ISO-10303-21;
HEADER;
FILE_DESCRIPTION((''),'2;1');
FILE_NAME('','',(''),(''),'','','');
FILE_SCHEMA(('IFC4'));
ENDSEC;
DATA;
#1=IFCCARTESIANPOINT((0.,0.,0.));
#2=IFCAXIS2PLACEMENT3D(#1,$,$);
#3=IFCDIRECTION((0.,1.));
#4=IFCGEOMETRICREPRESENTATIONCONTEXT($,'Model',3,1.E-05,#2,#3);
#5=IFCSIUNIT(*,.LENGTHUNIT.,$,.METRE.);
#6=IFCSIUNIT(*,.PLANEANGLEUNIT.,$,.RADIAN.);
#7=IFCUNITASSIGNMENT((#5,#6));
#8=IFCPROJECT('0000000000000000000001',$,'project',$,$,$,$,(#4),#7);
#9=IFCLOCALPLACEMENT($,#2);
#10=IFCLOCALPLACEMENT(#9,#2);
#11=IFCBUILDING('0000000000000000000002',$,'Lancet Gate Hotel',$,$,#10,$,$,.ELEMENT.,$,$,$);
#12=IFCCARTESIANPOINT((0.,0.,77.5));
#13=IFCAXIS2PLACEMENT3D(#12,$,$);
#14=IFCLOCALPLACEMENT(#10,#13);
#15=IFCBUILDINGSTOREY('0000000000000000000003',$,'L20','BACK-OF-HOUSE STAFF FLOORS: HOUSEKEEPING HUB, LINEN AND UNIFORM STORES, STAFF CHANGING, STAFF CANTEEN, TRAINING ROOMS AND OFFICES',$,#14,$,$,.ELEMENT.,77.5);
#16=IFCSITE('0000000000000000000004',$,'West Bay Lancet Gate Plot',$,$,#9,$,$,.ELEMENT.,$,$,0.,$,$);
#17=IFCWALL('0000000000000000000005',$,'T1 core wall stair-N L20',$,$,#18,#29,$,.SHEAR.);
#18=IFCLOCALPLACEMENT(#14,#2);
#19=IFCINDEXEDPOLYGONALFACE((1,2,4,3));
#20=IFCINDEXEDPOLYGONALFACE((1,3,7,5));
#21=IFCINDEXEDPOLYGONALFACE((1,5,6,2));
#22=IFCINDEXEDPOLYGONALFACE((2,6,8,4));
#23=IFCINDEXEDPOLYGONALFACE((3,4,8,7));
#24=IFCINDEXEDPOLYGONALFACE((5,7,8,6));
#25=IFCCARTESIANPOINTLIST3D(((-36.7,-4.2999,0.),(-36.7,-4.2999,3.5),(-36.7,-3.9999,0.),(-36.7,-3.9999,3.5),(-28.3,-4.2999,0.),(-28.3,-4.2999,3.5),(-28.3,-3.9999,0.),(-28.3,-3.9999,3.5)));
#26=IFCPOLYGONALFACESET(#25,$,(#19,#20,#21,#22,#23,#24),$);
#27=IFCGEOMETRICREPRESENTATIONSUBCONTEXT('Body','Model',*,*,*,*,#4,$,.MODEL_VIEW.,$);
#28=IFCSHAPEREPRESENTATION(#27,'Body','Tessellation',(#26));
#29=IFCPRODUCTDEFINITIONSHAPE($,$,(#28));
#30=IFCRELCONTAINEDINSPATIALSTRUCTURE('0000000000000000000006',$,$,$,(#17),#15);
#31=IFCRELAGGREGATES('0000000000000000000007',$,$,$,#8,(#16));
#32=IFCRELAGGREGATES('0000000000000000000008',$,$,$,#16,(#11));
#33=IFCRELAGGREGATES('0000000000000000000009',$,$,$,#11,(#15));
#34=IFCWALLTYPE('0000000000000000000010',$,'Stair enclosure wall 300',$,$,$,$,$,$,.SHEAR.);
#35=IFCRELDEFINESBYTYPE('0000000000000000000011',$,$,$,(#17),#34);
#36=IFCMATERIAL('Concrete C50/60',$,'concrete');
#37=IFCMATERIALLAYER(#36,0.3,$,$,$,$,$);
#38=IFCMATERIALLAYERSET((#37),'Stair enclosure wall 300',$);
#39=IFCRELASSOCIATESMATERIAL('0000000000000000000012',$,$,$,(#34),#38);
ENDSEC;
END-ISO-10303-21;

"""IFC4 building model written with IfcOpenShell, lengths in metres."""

from ifc_helpers import new_model, si_unit, direction, frame, frame_2d, origin, place, context, subcontext, project, spatial, rectangle, extrude, material, layer, layer_set, type_object, element, save


model = new_model("IFC4")

# Units and contexts
model_context = context("Model", 3, precision=1e-05, world=origin(), true_north=direction((0.0, 1.0)))
body_context = subcontext(model_context, "Body", "Model", "MODEL_VIEW")
ifc_project = project(units=[si_unit("LENGTHUNIT", "METRE"), si_unit("PLANEANGLEUNIT", "RADIAN")], contexts=[model_context])

# Site, building, storey
site_placement = place(None, origin())
site = spatial("IfcSite", under=ifc_project, at=site_placement, Name="West Bay Lancet Gate Plot", CompositionType="ELEMENT", RefElevation=0.0)
building_placement = place(site_placement, origin())
building = spatial("IfcBuilding", under=site, at=building_placement, Name="Lancet Gate Hotel", CompositionType="ELEMENT")
storey_placement = place(building_placement, frame((0.0, 0.0, 77.5)))
storey = spatial("IfcBuildingStorey", under=building, at=storey_placement, Name="L20", Description="BACK-OF-HOUSE STAFF FLOORS: HOUSEKEEPING HUB, LINEN AND UNIFORM STORES, STAFF CHANGING, STAFF CANTEEN, TRAINING ROOMS AND OFFICES", CompositionType="ELEMENT", Elevation=77.5)

# Wall
ifc_material_1 = material(Name="Concrete C50/60", Category="concrete")
ifc_layer_1 = layer(ifc_material_1, 0.3)
ifc_layer_set_1 = layer_set([ifc_layer_1], Name="Stair enclosure wall 300")
wall_type_1 = type_object("IfcWallType", Name="Stair enclosure wall 300", PredefinedType="SHEAR", material=ifc_layer_set_1)
wall_1_placement = place(storey_placement, frame((-28.3, -4.1499, 0.0), z_axis=(0.0, 0.0, 1.0), x_axis=(-1.0, 0.0, 0.0)))
element("IfcWall", 1, at=wall_1_placement, inside=storey, type_object=wall_type_1, Name="T1 core wall stair-N L20", PredefinedType="SHEAR", context=body_context, shape_type="SweptSolid", body=[
    extrude(rectangle(XDim=8.3999, YDim=0.3, at=frame_2d((4.2, 0.0))), origin(), (0.0, 0.0, 1.0), 3.5),
])

save(model, "model.ifc")
